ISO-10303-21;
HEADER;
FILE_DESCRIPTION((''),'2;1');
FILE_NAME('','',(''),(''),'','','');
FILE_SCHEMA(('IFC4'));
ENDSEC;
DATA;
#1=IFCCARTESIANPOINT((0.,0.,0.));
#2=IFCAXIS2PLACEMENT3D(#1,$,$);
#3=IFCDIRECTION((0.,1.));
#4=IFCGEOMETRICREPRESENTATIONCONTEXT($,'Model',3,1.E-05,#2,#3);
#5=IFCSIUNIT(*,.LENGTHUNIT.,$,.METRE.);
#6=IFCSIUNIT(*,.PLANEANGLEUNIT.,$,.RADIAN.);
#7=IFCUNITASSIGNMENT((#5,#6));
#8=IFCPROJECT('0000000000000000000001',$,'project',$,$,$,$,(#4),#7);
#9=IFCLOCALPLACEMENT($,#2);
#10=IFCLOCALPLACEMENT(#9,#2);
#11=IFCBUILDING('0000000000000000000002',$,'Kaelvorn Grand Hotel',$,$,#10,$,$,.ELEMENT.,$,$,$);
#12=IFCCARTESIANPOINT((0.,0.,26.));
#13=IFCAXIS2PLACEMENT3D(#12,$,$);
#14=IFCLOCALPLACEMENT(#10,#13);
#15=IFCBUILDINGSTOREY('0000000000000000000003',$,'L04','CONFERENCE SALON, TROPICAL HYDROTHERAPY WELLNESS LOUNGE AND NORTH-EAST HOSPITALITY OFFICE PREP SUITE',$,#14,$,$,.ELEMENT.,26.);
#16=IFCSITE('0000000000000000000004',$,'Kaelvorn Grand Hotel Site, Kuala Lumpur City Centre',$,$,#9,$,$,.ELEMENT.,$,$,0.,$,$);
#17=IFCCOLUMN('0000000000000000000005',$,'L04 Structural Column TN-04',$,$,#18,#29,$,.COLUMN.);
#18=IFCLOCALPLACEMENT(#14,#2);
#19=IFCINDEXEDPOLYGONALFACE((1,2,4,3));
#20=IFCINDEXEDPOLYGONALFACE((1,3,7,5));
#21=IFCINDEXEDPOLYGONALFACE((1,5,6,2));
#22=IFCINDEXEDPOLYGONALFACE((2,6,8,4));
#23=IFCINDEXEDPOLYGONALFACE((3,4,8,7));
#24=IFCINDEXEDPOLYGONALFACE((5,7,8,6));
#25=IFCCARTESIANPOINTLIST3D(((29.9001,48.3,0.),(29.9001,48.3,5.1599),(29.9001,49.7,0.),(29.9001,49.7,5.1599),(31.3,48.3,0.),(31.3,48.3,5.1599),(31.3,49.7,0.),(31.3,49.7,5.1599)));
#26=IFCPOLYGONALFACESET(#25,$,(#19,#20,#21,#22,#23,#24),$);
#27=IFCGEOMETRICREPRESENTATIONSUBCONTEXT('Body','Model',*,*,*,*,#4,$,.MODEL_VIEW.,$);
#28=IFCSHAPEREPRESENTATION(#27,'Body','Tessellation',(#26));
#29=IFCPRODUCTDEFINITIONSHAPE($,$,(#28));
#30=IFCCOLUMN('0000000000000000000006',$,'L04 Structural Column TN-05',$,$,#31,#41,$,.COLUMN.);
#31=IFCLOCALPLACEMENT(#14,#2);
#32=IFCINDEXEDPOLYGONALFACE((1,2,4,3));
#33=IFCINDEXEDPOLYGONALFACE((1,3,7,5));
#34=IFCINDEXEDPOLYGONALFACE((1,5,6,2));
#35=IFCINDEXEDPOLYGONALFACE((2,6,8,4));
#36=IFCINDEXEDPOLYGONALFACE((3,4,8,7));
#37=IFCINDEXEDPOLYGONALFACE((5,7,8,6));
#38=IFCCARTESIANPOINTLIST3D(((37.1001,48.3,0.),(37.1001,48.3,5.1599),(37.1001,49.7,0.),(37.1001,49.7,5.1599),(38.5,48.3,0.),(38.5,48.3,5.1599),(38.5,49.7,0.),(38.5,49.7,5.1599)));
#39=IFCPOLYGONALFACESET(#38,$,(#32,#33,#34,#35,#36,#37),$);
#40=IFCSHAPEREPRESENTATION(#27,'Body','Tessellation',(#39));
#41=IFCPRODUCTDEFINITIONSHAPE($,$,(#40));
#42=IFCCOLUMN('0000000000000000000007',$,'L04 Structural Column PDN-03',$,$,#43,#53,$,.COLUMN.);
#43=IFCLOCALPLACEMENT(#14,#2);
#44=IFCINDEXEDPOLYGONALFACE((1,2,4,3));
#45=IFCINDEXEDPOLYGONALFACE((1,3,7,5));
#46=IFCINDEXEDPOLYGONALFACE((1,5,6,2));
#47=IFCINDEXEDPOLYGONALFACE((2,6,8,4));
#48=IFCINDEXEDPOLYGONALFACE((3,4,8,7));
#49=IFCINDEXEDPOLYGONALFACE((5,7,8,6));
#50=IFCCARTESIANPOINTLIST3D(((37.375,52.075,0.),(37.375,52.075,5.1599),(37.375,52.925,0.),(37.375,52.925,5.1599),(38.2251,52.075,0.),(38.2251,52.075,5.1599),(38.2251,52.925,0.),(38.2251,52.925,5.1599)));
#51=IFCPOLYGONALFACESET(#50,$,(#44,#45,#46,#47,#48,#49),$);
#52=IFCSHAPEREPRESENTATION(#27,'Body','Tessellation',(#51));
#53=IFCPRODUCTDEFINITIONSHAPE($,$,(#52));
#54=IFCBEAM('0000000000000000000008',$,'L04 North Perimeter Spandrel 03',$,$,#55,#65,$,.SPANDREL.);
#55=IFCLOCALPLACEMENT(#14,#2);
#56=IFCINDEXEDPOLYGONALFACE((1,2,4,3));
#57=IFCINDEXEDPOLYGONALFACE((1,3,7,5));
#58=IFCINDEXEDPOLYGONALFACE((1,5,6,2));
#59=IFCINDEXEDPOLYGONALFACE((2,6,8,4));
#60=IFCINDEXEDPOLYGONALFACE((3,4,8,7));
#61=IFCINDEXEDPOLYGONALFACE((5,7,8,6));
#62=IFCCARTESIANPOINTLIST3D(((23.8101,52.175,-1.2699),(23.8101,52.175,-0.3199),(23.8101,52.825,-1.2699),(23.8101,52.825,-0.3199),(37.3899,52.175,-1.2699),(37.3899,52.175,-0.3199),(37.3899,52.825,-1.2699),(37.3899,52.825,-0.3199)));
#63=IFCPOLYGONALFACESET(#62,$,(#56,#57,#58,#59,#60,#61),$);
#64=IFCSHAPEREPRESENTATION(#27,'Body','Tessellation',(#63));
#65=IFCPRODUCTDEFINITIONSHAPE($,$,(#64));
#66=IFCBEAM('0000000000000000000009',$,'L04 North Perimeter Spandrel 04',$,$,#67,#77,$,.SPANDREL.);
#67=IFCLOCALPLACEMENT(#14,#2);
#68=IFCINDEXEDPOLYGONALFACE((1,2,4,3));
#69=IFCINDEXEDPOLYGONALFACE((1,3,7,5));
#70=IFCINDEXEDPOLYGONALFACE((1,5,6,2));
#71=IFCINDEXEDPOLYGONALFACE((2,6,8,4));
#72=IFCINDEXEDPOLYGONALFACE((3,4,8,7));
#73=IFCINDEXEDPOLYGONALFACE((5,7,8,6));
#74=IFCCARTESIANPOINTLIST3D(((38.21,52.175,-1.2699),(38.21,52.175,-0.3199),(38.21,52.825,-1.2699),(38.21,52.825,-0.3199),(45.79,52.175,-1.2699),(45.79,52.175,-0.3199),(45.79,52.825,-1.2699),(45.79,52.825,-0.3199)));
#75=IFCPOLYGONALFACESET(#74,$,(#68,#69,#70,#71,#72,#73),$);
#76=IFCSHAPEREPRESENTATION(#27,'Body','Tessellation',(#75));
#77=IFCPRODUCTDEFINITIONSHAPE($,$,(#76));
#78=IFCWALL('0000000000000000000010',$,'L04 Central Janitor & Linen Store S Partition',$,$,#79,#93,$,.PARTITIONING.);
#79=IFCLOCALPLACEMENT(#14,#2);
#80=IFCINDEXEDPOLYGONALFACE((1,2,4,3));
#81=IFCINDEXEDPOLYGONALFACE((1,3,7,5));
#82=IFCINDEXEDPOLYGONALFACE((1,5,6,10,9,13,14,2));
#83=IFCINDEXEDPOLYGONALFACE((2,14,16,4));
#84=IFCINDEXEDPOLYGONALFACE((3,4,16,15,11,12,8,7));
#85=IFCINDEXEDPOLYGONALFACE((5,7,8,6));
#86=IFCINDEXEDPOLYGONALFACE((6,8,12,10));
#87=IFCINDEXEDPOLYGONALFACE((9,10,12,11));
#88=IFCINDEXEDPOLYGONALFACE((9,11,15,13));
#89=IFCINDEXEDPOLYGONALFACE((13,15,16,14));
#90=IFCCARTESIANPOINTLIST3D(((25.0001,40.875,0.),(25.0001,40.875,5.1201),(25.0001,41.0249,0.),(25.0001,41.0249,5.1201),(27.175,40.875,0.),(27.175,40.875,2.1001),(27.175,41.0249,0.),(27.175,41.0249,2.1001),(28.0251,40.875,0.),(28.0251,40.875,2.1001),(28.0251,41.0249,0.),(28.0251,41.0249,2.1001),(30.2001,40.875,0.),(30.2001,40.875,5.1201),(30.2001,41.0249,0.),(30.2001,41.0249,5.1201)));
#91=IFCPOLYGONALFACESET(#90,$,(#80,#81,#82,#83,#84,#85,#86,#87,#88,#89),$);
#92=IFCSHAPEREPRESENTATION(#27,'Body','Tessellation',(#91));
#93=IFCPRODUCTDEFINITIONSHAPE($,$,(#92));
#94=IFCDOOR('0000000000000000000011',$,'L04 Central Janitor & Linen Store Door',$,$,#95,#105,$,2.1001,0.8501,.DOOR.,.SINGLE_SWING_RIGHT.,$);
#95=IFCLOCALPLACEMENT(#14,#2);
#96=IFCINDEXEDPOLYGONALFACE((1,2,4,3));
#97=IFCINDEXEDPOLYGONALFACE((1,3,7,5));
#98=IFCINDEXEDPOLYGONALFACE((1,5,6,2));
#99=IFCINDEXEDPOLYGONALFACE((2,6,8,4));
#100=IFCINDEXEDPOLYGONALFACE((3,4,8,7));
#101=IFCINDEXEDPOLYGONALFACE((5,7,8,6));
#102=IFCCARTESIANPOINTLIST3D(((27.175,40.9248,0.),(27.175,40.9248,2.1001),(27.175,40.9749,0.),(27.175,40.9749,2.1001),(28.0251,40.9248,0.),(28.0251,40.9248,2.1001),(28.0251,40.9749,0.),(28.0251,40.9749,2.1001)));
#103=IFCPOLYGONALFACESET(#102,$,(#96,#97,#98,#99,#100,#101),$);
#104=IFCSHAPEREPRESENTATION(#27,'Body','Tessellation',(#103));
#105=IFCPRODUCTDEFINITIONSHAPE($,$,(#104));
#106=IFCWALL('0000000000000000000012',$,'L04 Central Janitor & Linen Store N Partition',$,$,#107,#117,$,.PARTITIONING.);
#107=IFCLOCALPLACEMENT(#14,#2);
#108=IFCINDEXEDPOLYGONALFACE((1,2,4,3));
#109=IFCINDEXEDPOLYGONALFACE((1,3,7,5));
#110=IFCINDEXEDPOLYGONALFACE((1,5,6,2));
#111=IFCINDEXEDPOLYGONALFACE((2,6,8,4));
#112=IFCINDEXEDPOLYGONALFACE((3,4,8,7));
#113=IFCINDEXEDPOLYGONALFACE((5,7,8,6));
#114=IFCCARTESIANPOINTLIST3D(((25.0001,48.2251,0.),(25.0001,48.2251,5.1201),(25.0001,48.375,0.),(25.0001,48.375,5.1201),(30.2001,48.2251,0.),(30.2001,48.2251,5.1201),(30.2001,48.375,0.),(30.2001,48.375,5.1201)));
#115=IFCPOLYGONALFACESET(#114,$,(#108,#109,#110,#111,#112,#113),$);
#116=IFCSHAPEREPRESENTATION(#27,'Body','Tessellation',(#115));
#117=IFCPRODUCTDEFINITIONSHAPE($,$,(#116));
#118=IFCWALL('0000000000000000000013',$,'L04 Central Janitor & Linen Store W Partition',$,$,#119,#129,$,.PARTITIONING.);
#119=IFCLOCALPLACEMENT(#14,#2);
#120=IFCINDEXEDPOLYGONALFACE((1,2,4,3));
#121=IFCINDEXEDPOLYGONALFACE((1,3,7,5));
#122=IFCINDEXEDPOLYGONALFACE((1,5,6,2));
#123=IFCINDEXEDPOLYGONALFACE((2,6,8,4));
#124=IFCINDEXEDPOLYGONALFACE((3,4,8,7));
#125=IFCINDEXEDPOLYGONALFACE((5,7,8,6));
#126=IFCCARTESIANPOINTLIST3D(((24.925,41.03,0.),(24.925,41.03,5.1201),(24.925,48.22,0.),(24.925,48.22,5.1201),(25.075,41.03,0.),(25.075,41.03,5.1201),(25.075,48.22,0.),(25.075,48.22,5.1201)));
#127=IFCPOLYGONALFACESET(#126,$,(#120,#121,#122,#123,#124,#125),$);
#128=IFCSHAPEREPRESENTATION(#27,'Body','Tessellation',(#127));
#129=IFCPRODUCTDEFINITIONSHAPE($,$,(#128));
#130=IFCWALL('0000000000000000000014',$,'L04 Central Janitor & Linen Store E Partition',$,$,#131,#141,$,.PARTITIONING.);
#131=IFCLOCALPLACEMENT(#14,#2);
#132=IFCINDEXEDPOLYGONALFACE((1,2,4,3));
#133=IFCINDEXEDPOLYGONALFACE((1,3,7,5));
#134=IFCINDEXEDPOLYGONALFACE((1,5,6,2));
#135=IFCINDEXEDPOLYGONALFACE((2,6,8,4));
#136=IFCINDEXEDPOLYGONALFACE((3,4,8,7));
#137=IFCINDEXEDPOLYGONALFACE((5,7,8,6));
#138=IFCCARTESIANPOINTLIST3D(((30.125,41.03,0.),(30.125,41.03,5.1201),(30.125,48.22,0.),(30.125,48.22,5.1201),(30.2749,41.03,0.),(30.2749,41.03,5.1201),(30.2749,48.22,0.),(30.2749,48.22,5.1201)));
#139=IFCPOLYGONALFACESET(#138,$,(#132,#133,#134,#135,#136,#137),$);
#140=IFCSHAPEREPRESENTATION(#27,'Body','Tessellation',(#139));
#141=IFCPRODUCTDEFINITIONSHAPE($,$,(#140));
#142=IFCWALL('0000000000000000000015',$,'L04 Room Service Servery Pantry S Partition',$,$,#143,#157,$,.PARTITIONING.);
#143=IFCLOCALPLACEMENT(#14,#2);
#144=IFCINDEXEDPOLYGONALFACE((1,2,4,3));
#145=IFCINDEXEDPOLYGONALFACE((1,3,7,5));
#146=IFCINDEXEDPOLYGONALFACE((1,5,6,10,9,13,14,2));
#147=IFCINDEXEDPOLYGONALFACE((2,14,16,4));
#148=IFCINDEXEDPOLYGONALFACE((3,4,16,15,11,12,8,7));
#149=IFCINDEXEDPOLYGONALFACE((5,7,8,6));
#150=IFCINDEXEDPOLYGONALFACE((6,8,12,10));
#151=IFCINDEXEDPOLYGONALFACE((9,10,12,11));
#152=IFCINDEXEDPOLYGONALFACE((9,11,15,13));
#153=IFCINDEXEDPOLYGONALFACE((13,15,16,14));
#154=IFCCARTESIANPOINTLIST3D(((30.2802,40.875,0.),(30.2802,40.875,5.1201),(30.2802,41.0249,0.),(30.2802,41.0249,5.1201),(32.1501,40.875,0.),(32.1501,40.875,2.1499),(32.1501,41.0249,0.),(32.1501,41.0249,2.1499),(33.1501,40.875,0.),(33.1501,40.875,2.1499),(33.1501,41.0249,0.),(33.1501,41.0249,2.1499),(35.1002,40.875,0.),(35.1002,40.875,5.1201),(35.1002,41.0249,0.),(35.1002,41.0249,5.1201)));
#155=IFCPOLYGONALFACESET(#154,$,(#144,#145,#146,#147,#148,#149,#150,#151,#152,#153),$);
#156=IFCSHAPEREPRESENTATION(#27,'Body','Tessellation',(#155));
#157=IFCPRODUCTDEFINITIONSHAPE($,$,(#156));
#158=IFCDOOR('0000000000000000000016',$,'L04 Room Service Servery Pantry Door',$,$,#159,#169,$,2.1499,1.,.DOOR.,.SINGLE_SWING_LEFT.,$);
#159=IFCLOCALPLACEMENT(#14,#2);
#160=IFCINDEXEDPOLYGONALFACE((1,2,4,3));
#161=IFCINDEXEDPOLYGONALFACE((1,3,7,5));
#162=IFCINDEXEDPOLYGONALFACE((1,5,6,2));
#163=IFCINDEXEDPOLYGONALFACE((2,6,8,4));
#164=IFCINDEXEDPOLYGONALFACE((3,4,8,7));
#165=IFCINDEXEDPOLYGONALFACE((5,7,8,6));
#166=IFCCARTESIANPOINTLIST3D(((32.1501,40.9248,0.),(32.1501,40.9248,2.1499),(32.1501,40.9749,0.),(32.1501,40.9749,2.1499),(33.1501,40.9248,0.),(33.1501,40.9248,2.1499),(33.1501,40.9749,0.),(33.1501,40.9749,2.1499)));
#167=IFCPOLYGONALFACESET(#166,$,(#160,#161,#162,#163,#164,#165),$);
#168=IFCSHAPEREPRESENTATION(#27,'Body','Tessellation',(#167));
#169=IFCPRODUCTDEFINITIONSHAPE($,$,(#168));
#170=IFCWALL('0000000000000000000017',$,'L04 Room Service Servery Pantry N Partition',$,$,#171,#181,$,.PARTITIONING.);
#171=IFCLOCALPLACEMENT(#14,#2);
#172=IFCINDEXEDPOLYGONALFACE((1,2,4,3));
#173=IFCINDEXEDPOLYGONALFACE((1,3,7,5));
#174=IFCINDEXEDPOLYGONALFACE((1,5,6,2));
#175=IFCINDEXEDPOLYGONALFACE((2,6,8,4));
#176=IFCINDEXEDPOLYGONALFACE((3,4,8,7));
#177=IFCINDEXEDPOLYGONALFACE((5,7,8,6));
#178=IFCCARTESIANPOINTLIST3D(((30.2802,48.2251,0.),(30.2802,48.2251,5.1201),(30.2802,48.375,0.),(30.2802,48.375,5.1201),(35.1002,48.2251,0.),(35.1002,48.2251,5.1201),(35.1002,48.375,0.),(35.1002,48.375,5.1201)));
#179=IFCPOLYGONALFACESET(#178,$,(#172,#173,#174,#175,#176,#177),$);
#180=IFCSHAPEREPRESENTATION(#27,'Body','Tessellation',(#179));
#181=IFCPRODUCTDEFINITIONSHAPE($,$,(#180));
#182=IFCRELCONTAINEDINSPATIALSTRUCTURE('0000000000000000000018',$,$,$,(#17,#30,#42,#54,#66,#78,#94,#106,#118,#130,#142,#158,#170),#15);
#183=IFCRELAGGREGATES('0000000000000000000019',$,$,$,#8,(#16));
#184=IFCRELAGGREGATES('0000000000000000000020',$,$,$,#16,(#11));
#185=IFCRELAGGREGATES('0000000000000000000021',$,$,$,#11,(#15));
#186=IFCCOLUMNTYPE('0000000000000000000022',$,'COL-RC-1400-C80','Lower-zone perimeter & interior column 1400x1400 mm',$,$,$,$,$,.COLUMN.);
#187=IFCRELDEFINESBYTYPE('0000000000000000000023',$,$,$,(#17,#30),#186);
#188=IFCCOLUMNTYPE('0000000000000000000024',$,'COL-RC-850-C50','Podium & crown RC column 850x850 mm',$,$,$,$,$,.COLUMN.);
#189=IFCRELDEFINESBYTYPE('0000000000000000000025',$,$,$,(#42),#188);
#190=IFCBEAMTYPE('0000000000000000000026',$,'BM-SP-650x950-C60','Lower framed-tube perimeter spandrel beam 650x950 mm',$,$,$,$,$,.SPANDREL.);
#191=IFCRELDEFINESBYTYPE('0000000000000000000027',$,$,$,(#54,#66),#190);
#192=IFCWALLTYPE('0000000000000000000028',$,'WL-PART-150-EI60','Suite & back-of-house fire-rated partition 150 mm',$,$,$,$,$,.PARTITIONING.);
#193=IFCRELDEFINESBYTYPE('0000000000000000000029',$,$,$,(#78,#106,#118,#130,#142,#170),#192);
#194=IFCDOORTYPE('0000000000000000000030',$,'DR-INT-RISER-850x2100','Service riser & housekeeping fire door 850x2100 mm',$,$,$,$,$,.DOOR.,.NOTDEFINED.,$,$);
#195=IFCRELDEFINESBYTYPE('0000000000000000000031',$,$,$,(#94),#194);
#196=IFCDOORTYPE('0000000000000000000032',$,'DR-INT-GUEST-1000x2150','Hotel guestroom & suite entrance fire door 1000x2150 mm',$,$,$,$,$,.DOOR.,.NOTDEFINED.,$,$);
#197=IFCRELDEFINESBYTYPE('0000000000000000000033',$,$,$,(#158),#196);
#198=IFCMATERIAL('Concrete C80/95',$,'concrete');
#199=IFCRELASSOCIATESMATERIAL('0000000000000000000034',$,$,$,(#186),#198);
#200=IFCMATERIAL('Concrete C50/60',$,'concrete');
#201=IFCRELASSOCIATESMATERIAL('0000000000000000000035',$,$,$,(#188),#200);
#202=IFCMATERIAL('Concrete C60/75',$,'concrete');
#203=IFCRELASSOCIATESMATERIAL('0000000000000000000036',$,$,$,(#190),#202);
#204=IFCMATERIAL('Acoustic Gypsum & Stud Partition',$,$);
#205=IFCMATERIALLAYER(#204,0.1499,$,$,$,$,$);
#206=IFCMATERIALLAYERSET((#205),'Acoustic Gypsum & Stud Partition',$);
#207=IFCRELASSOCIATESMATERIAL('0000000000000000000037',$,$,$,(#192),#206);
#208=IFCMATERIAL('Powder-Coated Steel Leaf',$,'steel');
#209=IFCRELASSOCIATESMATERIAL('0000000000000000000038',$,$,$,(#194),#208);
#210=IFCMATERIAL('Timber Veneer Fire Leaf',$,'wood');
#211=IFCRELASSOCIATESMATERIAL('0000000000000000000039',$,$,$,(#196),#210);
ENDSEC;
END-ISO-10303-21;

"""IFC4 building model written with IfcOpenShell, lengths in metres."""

from ifc_helpers import new_model, si_unit, direction, frame, frame_2d, origin, origin_2d, place, context, subcontext, project, spatial, rectangle, extrude, material, layer, layer_set, material_profile, profile_set, type_object, element, fill, save


model = new_model("IFC4")

# Units and contexts
model_context = context("Model", 3, precision=1e-05, world=origin(), true_north=direction((0.0, 1.0)))
body_context = subcontext(model_context, "Body", "Model", "MODEL_VIEW")
ifc_project = project(units=[si_unit("LENGTHUNIT", "METRE"), si_unit("PLANEANGLEUNIT", "RADIAN")], contexts=[model_context])

# Site, building, storey
site_placement = place(None, origin())
site = spatial("IfcSite", under=ifc_project, at=site_placement, Name="Kaelvorn Grand Hotel Site, Kuala Lumpur City Centre", CompositionType="ELEMENT", RefElevation=0.0)
building_placement = place(site_placement, origin())
building = spatial("IfcBuilding", under=site, at=building_placement, Name="Kaelvorn Grand Hotel", CompositionType="ELEMENT")
storey_placement = place(building_placement, frame((0.0, 0.0, 26.0)))
storey = spatial("IfcBuildingStorey", under=building, at=storey_placement, Name="L04", Description="CONFERENCE SALON, TROPICAL HYDROTHERAPY WELLNESS LOUNGE AND NORTH-EAST HOSPITALITY OFFICE PREP SUITE", CompositionType="ELEMENT", Elevation=26.0)

# Columns
ifc_material_1 = material(Name="Concrete C80/95", Category="concrete")
ifc_material_profile_1 = material_profile(ifc_material_1, rectangle(XDim=1.3999, YDim=1.3999, at=origin_2d()), Name="RC COL 1400x1400")
ifc_profile_set_1 = profile_set([ifc_material_profile_1], Name="Concrete C80/95")
column_type_1 = type_object("IfcColumnType", Name="COL-RC-1400-C80", Description="Lower-zone perimeter & interior column 1400x1400 mm", PredefinedType="COLUMN", material=ifc_profile_set_1)
for number, where, z_axis, x_axis, name in (
    (1, (30.6001, 49.0, 0.0), (0.0, 0.0, 1.0), (1.0, 0.0, 0.0), "L04 Structural Column TN-04"),
    (2, (37.8, 49.0, 0.0), (0.0, 0.0, 1.0), (1.0, 0.0, 0.0), "L04 Structural Column TN-05"),
):
    element("IfcColumn", number, at=place(storey_placement, frame(where, z_axis=z_axis, x_axis=x_axis)), inside=storey, type_object=column_type_1, Name=name, PredefinedType="COLUMN", context=body_context, shape_type="SweptSolid", body=[
        extrude(rectangle(XDim=1.3999, YDim=1.3999, at=origin_2d()), origin(), (0.0, 0.0, 1.0), 5.1599),
    ])
ifc_material_2 = material(Name="Concrete C50/60", Category="concrete")
ifc_material_profile_2 = material_profile(ifc_material_2, rectangle(XDim=0.8501, YDim=0.8501, at=origin_2d()), Name="RC COL 850x850")
ifc_profile_set_2 = profile_set([ifc_material_profile_2], Name="Concrete C50/60")
column_type_2 = type_object("IfcColumnType", Name="COL-RC-850-C50", Description="Podium & crown RC column 850x850 mm", PredefinedType="COLUMN", material=ifc_profile_set_2)
column_placement = place(storey_placement, frame((37.8, 52.5, 0.0), z_axis=(0.0, 0.0, 1.0), x_axis=(1.0, 0.0, 0.0)))
element("IfcColumn", 3, at=column_placement, inside=storey, type_object=column_type_2, Name="L04 Structural Column PDN-03", PredefinedType="COLUMN", context=body_context, shape_type="SweptSolid", body=[
    extrude(rectangle(XDim=0.8501, YDim=0.8501, at=origin_2d()), origin(), (0.0, 0.0, 1.0), 5.1599),
])

# Beams
ifc_material_3 = material(Name="Concrete C60/75", Category="concrete")
ifc_material_profile_3 = material_profile(ifc_material_3, rectangle(XDim=0.6499, YDim=0.95, at=origin_2d()), Name="RC SPANDREL 650x950")
ifc_profile_set_3 = profile_set([ifc_material_profile_3], Name="Concrete C60/75")
beam_type = type_object("IfcBeamType", Name="BM-SP-650x950-C60", Description="Lower framed-tube perimeter spandrel beam 650x950 mm", PredefinedType="SPANDREL", material=ifc_profile_set_3)
beam_1_placement = place(storey_placement, frame((23.8101, 52.5, -0.7949), z_axis=(1.0, 0.0, 0.0), x_axis=(0.0, 1.0, 0.0)))
element("IfcBeam", 4, at=beam_1_placement, inside=storey, type_object=beam_type, Name="L04 North Perimeter Spandrel 03", PredefinedType="SPANDREL", context=body_context, shape_type="SweptSolid", body=[
    extrude(rectangle(XDim=0.6499, YDim=0.95, at=origin_2d()), origin(), (0.0, 0.0, 1.0), 13.5798),
])
beam_2_placement = place(storey_placement, frame((38.21, 52.5, -0.7949), z_axis=(1.0, 0.0, 0.0), x_axis=(0.0, 1.0, 0.0)))
element("IfcBeam", 5, at=beam_2_placement, inside=storey, type_object=beam_type, Name="L04 North Perimeter Spandrel 04", PredefinedType="SPANDREL", context=body_context, shape_type="SweptSolid", body=[
    extrude(rectangle(XDim=0.6499, YDim=0.95, at=origin_2d()), origin(), (0.0, 0.0, 1.0), 7.5801),
])

# Wall, opening, door
ifc_material_4 = material(Name="Acoustic Gypsum & Stud Partition")
ifc_layer_1 = layer(ifc_material_4, 0.1499)
ifc_layer_set_1 = layer_set([ifc_layer_1], Name="Acoustic Gypsum & Stud Partition")
wall_type_1 = type_object("IfcWallType", Name="WL-PART-150-EI60", Description="Suite & back-of-house fire-rated partition 150 mm", PredefinedType="PARTITIONING", material=ifc_layer_set_1)
wall_1_placement = place(storey_placement, frame((25.0, 40.95, 0.0), z_axis=(0.0, 0.0, 1.0), x_axis=(1.0, 0.0, 0.0)))
wall_1 = element("IfcWall", 6, at=wall_1_placement, inside=storey, type_object=wall_type_1, Name="L04 Central Janitor & Linen Store S Partition", PredefinedType="PARTITIONING", context=body_context, shape_type="SweptSolid", body=[
    extrude(rectangle(XDim=5.2, YDim=0.1499, at=frame_2d((2.6001, 0.0))), origin(), (0.0, 0.0, 1.0), 5.1201),
])
opening_1_placement = place(wall_1_placement, frame((2.175, 0.0, 0.0)))
opening_1 = element("IfcOpeningElement", 7, at=opening_1_placement, cuts=wall_1, PredefinedType="OPENING", context=body_context, shape_type="SweptSolid", body=[
    extrude(rectangle(XDim=0.8501, YDim=2.1001, at=frame_2d((0.425, 1.05))), frame((0.0, 0.085, 0.0), z_axis=(0.0, -1.0, 0.0), x_axis=(1.0, 0.0, 0.0)), (0.0, 0.0, 1.0), 0.1699),
])
ifc_material_5 = material(Name="Powder-Coated Steel Leaf", Category="steel")
door_type_1 = type_object("IfcDoorType", Name="DR-INT-RISER-850x2100", Description="Service riser & housekeeping fire door 850x2100 mm", OperationType="NOTDEFINED", PredefinedType="DOOR", material=ifc_material_5)
door_1_placement = place(opening_1_placement, origin())
door_1 = element("IfcDoor", 8, at=door_1_placement, inside=storey, type_object=door_type_1, Name="L04 Central Janitor & Linen Store Door", OperationType="SINGLE_SWING_RIGHT", OverallHeight=2.1001, OverallWidth=0.8501, PredefinedType="DOOR", context=body_context, shape_type="SweptSolid", body=[
    extrude(rectangle(XDim=0.8501, YDim=2.1001, at=frame_2d((0.425, 1.05))), frame((0.0, 0.0249, 0.0), z_axis=(0.0, -1.0, 0.0), x_axis=(1.0, 0.0, 0.0)), (0.0, 0.0, 1.0), 0.05),
])
fill(opening_1, door_1)

# Walls
wall_2_placement = place(storey_placement, frame((25.0, 48.3, 0.0), z_axis=(0.0, 0.0, 1.0), x_axis=(1.0, 0.0, 0.0)))
element("IfcWall", 9, at=wall_2_placement, inside=storey, type_object=wall_type_1, Name="L04 Central Janitor & Linen Store N Partition", PredefinedType="PARTITIONING", context=body_context, shape_type="SweptSolid", body=[
    extrude(rectangle(XDim=5.2, YDim=0.1499, at=frame_2d((2.6001, 0.0))), origin(), (0.0, 0.0, 1.0), 5.1201),
])
for number, where, z_axis, x_axis, name in (
    (10, (25.0, 41.03, 0.0), (0.0, 0.0, 1.0), (0.0, 1.0, 0.0), "L04 Central Janitor & Linen Store W Partition"),
    (11, (30.2, 41.03, 0.0), (0.0, 0.0, 1.0), (0.0, 1.0, 0.0), "L04 Central Janitor & Linen Store E Partition"),
):
    element("IfcWall", number, at=place(storey_placement, frame(where, z_axis=z_axis, x_axis=x_axis)), inside=storey, type_object=wall_type_1, Name=name, PredefinedType="PARTITIONING", context=body_context, shape_type="SweptSolid", body=[
        extrude(rectangle(XDim=7.1899, YDim=0.1499, at=frame_2d((3.595, 0.0))), origin(), (0.0, 0.0, 1.0), 5.1201),
    ])

# Wall, opening, door
wall_3_placement = place(storey_placement, frame((30.28, 40.95, 0.0), z_axis=(0.0, 0.0, 1.0), x_axis=(1.0, 0.0, 0.0)))
wall_3 = element("IfcWall", 12, at=wall_3_placement, inside=storey, type_object=wall_type_1, Name="L04 Room Service Servery Pantry S Partition", PredefinedType="PARTITIONING", context=body_context, shape_type="SweptSolid", body=[
    extrude(rectangle(XDim=4.8201, YDim=0.1499, at=frame_2d((2.4102, 0.0))), origin(), (0.0, 0.0, 1.0), 5.1201),
])
opening_2_placement = place(wall_3_placement, frame((1.8701, 0.0, 0.0)))
opening_2 = element("IfcOpeningElement", 13, at=opening_2_placement, cuts=wall_3, PredefinedType="OPENING", context=body_context, shape_type="SweptSolid", body=[
    extrude(rectangle(XDim=1.0, YDim=2.1499, at=frame_2d((0.5, 1.075))), frame((0.0, 0.085, 0.0), z_axis=(0.0, -1.0, 0.0), x_axis=(1.0, 0.0, 0.0)), (0.0, 0.0, 1.0), 0.1699),
])
ifc_material_6 = material(Name="Timber Veneer Fire Leaf", Category="wood")
door_type_2 = type_object("IfcDoorType", Name="DR-INT-GUEST-1000x2150", Description="Hotel guestroom & suite entrance fire door 1000x2150 mm", OperationType="NOTDEFINED", PredefinedType="DOOR", material=ifc_material_6)
door_2_placement = place(opening_2_placement, origin())
door_2 = element("IfcDoor", 14, at=door_2_placement, inside=storey, type_object=door_type_2, Name="L04 Room Service Servery Pantry Door", OperationType="SINGLE_SWING_LEFT", OverallHeight=2.1499, OverallWidth=1.0, PredefinedType="DOOR", context=body_context, shape_type="SweptSolid", body=[
    extrude(rectangle(XDim=1.0, YDim=2.1499, at=frame_2d((0.5, 1.075))), frame((0.0, 0.0249, 0.0), z_axis=(0.0, -1.0, 0.0), x_axis=(1.0, 0.0, 0.0)), (0.0, 0.0, 1.0), 0.05),
])
fill(opening_2, door_2)

# Wall
wall_4_placement = place(storey_placement, frame((30.28, 48.3, 0.0), z_axis=(0.0, 0.0, 1.0), x_axis=(1.0, 0.0, 0.0)))
element("IfcWall", 15, at=wall_4_placement, inside=storey, type_object=wall_type_1, Name="L04 Room Service Servery Pantry N Partition", PredefinedType="PARTITIONING", context=body_context, shape_type="SweptSolid", body=[
    extrude(rectangle(XDim=4.8201, YDim=0.1499, at=frame_2d((2.4102, 0.0))), origin(), (0.0, 0.0, 1.0), 5.1201),
])

save(model, "model.ifc")
